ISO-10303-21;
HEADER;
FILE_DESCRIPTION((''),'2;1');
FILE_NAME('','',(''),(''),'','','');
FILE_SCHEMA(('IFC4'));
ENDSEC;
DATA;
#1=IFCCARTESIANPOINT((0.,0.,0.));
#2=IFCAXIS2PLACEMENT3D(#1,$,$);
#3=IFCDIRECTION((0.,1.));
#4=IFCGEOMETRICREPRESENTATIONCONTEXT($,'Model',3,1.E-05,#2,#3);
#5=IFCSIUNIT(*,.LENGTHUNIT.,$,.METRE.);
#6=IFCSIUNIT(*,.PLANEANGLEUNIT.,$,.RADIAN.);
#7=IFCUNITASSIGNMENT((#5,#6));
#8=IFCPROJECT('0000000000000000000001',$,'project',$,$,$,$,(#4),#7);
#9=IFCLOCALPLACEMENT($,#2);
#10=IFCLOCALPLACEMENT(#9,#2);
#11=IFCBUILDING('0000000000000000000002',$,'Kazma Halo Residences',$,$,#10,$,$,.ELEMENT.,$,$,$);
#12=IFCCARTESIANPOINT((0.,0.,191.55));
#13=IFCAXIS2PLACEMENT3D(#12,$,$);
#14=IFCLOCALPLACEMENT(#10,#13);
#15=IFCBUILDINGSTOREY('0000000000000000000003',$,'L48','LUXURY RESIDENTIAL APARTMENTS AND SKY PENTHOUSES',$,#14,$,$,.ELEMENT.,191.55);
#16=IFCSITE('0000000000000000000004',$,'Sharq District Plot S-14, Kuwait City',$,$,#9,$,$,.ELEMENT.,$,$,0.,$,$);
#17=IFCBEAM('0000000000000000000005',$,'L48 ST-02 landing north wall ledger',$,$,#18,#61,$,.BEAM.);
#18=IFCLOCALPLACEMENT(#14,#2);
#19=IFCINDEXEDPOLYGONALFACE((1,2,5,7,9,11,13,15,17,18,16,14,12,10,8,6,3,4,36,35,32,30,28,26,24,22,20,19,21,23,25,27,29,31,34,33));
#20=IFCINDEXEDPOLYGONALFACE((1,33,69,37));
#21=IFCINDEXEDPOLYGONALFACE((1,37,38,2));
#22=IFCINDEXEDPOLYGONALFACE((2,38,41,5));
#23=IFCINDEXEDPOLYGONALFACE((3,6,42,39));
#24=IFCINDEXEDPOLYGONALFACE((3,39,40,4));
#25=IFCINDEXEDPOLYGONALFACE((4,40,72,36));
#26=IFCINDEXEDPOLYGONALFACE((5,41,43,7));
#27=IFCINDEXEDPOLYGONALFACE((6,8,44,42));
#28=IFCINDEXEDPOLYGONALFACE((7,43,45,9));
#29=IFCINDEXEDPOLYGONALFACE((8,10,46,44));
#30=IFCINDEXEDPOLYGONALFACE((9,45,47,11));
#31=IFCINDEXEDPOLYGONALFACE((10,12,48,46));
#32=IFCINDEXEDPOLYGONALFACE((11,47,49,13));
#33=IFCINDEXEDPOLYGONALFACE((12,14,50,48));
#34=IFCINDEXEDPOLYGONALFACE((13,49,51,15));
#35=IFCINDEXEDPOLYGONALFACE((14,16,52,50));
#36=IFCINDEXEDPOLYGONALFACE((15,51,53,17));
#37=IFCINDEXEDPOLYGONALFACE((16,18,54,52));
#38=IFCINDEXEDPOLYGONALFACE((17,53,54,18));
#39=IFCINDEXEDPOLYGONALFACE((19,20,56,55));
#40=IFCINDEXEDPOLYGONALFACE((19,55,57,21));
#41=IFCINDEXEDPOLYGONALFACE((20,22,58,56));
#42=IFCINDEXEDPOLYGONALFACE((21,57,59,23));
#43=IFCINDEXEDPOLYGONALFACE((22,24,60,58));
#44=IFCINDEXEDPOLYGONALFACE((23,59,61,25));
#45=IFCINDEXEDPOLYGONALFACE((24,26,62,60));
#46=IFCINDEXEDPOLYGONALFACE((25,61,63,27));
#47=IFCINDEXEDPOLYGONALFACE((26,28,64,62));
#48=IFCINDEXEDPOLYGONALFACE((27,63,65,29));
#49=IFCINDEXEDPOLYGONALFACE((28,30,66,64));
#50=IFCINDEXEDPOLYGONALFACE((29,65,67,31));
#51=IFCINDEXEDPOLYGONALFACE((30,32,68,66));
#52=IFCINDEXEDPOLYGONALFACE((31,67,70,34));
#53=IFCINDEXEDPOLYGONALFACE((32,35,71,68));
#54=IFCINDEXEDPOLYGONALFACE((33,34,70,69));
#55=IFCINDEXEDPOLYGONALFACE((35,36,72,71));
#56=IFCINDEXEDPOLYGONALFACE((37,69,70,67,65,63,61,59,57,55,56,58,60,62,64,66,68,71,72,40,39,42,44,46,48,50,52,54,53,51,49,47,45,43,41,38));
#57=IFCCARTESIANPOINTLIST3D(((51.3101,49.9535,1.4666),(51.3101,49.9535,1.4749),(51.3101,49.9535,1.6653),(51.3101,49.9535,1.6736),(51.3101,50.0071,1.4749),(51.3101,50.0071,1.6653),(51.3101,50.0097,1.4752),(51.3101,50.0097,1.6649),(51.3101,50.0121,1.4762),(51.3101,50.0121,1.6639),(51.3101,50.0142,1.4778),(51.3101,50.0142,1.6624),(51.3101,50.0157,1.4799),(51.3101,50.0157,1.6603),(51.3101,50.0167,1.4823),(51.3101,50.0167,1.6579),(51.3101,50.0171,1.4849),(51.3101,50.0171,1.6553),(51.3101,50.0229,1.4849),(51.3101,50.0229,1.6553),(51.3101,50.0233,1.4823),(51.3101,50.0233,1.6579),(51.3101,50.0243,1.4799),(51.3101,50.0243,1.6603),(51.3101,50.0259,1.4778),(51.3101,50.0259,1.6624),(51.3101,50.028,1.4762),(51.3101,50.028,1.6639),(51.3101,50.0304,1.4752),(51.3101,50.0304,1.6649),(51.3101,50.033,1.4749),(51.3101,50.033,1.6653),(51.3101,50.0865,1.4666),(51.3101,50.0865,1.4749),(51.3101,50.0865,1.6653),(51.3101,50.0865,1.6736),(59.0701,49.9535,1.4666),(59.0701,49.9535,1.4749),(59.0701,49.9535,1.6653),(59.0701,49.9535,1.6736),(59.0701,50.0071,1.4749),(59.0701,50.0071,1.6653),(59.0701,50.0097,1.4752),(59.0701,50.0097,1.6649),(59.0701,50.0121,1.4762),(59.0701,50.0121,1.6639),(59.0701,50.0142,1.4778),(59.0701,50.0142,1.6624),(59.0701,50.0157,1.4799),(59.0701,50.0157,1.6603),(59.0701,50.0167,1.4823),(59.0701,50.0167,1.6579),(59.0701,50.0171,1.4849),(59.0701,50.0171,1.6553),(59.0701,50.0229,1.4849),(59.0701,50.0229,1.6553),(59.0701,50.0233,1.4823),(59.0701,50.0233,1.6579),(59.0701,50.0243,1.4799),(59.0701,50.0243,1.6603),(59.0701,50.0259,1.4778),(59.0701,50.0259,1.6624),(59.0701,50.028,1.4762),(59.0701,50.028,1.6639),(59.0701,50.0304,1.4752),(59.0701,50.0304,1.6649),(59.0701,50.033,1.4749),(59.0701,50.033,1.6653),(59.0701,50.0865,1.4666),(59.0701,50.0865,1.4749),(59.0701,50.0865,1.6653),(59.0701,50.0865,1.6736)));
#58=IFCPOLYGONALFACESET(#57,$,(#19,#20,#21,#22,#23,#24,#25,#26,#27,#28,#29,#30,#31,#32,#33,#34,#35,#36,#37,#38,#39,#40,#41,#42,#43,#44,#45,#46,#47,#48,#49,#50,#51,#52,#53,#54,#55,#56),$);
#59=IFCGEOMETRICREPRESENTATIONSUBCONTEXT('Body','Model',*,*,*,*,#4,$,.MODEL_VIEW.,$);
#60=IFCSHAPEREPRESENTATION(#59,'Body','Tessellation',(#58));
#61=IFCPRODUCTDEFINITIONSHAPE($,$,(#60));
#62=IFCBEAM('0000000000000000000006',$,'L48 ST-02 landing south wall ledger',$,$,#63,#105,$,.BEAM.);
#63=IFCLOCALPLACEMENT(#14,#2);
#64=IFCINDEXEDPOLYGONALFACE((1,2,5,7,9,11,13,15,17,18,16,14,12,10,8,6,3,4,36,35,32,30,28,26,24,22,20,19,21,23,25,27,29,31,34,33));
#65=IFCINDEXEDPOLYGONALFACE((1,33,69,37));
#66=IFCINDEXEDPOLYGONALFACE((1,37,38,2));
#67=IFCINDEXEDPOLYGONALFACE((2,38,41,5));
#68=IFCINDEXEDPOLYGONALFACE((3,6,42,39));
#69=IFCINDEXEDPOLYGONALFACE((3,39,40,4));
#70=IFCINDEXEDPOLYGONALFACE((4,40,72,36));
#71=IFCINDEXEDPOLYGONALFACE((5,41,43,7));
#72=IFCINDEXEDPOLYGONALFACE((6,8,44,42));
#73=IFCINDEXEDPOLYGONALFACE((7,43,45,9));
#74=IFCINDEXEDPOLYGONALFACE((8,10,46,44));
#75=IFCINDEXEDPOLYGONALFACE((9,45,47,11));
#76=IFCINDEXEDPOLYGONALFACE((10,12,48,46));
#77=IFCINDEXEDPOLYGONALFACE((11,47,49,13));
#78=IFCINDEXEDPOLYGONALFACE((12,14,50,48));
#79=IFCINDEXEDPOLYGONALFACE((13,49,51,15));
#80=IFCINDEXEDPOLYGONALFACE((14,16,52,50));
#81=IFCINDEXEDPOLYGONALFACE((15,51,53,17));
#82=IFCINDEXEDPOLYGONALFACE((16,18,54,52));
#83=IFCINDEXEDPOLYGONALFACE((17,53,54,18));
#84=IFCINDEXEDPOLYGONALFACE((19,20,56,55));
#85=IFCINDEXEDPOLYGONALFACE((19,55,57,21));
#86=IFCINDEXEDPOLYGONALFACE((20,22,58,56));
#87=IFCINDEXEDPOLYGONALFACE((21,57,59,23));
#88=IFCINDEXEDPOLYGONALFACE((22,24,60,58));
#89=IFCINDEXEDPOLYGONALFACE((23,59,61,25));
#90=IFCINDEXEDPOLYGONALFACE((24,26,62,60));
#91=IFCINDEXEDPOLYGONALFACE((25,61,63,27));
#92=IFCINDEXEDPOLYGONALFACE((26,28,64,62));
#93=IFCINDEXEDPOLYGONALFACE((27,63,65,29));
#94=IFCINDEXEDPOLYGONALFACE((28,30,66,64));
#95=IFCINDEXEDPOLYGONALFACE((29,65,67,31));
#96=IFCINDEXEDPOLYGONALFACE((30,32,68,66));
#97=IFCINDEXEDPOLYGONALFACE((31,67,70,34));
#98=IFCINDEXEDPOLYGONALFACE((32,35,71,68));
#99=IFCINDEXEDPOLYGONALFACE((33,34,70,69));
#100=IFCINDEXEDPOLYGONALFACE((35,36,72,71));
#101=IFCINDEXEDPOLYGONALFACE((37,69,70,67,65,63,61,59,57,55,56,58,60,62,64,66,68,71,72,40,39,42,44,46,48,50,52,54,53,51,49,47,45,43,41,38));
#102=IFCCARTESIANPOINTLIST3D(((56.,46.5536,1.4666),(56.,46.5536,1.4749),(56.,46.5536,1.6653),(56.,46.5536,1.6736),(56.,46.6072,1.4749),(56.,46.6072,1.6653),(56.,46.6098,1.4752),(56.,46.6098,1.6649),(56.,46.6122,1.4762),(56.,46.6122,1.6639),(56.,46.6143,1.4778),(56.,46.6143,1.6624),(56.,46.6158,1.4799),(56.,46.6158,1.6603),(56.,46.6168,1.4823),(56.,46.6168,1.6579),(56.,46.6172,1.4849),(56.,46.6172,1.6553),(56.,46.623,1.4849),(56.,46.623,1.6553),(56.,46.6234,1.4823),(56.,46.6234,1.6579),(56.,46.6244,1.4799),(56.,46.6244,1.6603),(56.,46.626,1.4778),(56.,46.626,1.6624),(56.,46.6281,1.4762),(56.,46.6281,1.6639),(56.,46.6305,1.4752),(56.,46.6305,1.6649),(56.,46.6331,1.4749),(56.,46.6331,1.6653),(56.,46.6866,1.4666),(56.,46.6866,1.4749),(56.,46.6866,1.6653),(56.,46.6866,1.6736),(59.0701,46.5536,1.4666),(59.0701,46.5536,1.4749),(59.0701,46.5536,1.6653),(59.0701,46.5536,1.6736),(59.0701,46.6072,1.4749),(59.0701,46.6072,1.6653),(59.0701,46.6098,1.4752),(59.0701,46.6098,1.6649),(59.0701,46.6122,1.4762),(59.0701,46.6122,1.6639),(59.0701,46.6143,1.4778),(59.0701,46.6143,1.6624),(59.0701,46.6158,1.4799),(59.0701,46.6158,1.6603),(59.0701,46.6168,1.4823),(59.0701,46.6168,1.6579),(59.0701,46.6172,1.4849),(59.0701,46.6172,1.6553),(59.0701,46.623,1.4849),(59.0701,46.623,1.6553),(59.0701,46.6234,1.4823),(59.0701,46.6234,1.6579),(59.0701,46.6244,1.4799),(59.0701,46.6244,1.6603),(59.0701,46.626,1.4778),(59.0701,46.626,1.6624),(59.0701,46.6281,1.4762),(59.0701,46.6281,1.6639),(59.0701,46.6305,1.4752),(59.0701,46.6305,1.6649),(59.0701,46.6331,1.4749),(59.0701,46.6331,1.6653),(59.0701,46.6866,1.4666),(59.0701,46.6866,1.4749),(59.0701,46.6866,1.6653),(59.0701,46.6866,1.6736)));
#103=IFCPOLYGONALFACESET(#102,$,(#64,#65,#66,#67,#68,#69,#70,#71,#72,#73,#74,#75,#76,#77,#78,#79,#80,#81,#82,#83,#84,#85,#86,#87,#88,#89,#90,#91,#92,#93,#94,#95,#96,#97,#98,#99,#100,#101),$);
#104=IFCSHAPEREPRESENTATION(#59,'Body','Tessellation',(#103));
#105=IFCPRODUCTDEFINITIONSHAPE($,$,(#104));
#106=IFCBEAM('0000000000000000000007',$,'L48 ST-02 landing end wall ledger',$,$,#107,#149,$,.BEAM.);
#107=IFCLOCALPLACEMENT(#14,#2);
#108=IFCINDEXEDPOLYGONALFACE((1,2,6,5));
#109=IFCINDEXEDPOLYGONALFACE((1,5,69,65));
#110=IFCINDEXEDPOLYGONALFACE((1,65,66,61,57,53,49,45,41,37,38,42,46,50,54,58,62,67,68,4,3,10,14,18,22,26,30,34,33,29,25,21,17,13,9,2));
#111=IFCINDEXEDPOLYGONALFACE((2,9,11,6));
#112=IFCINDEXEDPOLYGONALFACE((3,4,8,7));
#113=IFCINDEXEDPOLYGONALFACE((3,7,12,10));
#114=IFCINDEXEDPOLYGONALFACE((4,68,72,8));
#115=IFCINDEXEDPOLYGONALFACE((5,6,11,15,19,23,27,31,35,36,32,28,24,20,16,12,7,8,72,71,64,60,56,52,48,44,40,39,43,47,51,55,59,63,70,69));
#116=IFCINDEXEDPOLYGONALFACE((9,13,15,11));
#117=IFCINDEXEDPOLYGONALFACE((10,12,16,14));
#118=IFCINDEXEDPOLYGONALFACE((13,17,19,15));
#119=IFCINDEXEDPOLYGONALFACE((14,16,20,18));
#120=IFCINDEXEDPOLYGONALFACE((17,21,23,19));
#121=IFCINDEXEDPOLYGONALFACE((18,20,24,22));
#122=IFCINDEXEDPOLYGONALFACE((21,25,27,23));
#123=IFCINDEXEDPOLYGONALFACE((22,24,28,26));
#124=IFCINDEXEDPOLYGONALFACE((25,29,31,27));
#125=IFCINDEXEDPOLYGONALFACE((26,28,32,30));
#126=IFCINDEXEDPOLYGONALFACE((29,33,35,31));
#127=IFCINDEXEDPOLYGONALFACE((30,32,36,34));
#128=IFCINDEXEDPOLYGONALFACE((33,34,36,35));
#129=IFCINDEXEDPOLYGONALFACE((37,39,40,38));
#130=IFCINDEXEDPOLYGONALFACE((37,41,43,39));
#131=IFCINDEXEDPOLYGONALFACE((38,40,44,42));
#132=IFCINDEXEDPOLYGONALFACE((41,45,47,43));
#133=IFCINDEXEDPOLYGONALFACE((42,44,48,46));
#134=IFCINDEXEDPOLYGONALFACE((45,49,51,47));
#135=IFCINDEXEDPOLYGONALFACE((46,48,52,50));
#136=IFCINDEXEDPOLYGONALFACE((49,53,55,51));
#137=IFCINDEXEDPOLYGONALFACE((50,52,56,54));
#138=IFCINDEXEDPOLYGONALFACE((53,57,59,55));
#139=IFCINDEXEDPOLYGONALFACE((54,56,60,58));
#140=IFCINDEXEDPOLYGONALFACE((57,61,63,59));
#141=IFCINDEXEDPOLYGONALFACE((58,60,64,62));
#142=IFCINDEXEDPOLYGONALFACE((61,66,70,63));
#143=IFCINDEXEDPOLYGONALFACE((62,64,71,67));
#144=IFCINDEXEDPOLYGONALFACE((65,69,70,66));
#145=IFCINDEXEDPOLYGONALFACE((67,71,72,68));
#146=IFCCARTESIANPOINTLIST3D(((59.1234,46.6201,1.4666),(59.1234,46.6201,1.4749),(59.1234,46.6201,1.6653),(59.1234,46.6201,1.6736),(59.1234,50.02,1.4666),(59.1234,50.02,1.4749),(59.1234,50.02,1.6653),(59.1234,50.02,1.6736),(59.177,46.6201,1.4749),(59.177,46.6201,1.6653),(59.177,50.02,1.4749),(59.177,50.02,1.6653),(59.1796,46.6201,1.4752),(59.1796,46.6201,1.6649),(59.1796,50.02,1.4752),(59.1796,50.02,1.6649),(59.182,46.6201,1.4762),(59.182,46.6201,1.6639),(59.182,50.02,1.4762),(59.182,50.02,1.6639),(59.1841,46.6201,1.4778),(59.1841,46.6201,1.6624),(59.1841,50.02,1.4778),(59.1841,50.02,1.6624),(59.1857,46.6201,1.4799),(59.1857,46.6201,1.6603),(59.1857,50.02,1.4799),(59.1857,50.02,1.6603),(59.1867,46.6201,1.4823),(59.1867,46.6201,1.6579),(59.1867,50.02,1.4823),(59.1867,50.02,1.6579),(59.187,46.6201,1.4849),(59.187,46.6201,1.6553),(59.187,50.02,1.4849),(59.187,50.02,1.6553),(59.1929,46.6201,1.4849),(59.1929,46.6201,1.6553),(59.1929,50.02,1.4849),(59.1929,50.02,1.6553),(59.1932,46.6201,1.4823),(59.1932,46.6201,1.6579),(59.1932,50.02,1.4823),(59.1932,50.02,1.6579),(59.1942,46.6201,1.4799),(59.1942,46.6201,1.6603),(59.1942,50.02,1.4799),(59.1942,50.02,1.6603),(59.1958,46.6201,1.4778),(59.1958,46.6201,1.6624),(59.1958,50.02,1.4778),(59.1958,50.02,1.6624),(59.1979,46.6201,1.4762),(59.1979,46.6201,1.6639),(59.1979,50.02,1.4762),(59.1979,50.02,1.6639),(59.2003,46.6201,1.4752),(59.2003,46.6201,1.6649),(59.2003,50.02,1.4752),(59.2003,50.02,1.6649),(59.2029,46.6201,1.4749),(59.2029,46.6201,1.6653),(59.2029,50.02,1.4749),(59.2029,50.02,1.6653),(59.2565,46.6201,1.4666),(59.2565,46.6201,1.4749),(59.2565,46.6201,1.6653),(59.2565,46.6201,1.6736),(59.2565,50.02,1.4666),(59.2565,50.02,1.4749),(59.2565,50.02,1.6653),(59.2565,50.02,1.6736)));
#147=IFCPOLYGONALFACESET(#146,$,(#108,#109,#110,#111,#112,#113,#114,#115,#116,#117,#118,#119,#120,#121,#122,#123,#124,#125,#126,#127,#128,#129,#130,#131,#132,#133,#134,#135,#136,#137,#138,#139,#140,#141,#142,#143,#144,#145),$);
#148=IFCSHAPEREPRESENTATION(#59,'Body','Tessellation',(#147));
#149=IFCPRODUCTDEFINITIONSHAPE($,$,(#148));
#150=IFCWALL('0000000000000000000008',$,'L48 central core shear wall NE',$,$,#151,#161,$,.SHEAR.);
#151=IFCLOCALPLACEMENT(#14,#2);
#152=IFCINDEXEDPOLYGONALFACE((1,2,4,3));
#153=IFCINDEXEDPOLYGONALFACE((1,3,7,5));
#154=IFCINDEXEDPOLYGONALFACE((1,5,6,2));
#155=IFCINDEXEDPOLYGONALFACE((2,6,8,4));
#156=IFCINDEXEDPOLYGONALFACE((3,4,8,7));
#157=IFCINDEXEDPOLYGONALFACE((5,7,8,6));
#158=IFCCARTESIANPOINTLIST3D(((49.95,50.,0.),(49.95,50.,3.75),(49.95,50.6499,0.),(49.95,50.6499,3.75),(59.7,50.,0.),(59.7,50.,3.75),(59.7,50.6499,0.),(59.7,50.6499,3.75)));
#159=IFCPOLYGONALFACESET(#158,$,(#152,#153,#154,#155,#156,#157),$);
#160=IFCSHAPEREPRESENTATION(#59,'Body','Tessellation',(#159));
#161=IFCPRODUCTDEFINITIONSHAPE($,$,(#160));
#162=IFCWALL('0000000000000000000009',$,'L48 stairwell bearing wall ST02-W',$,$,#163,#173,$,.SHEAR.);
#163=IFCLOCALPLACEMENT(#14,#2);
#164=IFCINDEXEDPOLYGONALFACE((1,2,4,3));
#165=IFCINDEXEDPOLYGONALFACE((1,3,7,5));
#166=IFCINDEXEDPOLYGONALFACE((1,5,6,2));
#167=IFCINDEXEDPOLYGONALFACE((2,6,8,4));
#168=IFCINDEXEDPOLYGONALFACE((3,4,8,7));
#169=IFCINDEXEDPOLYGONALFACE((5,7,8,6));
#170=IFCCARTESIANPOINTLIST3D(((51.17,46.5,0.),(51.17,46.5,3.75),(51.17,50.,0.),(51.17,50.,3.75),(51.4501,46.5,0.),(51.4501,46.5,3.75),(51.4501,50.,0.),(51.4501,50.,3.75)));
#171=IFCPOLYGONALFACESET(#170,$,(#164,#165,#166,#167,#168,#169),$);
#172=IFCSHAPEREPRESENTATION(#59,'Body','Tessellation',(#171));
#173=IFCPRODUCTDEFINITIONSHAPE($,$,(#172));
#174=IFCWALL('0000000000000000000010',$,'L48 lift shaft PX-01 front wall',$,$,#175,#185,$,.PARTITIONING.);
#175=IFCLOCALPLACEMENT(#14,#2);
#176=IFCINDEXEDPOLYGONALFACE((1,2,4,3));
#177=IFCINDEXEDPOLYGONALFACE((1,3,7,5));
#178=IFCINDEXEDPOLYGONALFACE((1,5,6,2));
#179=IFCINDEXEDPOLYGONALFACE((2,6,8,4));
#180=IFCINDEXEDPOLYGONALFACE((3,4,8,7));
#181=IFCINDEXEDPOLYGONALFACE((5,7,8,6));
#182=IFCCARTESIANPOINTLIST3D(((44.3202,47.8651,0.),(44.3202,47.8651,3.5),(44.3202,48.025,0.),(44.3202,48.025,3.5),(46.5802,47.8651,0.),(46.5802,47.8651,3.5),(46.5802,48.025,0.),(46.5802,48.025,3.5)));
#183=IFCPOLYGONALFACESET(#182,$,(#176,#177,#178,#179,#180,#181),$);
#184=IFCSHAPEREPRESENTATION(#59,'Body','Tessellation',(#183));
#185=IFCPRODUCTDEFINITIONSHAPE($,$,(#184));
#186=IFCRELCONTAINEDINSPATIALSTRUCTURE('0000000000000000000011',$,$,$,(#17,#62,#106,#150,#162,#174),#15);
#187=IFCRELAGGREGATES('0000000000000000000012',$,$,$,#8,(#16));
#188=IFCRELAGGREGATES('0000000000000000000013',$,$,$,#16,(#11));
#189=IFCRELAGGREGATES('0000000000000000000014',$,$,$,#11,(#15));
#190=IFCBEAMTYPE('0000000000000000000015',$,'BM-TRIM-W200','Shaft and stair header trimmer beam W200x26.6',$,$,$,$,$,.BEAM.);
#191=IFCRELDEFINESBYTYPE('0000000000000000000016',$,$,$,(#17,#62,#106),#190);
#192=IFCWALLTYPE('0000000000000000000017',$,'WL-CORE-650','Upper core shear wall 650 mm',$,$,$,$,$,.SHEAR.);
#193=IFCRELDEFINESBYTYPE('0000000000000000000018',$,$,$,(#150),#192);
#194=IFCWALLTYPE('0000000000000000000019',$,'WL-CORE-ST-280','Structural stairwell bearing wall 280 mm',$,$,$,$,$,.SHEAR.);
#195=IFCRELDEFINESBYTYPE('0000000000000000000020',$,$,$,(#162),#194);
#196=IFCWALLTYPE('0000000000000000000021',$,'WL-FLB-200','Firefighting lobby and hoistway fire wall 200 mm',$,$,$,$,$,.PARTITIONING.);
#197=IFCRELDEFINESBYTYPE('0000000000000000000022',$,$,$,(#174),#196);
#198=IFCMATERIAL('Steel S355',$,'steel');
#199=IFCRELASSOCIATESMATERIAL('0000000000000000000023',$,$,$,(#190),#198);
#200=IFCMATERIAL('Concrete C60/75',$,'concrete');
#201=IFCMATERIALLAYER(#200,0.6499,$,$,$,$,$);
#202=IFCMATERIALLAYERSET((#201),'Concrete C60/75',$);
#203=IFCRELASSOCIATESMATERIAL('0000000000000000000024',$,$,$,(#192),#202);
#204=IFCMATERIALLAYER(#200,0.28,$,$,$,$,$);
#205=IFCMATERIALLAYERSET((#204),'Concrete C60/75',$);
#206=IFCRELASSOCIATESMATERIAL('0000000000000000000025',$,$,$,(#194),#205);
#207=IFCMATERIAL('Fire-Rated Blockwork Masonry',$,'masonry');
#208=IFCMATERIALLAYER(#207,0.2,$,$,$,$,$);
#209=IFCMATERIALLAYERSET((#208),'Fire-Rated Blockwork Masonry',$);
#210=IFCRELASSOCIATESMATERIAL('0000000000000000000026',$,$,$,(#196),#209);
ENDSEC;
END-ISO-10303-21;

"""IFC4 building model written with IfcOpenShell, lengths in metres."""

from ifc_helpers import new_model, si_unit, direction, frame, frame_2d, origin, origin_2d, place, context, subcontext, project, spatial, rectangle, i_section, extrude, material, layer, layer_set, material_profile, profile_set, type_object, element, save


model = new_model("IFC4")

# Units and contexts
model_context = context("Model", 3, precision=1e-05, world=origin(), true_north=direction((0.0, 1.0)))
body_context = subcontext(model_context, "Body", "Model", "MODEL_VIEW")
ifc_project = project(units=[si_unit("LENGTHUNIT", "METRE"), si_unit("PLANEANGLEUNIT", "RADIAN")], contexts=[model_context])

# Site, building, storey
site_placement = place(None, origin())
site = spatial("IfcSite", under=ifc_project, at=site_placement, Name="Sharq District Plot S-14, Kuwait City", CompositionType="ELEMENT", RefElevation=0.0)
building_placement = place(site_placement, origin())
building = spatial("IfcBuilding", under=site, at=building_placement, Name="Kazma Halo Residences", CompositionType="ELEMENT")
storey_placement = place(building_placement, frame((0.0, 0.0, 191.55)))
storey = spatial("IfcBuildingStorey", under=building, at=storey_placement, Name="L48", Description="LUXURY RESIDENTIAL APARTMENTS AND SKY PENTHOUSES", CompositionType="ELEMENT", Elevation=191.55)

# Shared definitions
ifc_material_1 = material(Name="Steel S355", Category="steel")

# Beams
ifc_material_profile_1 = material_profile(ifc_material_1, i_section(OverallWidth=0.1331, OverallDepth=0.207, WebThickness=0.0059, FlangeThickness=0.0083, FilletRadius=0.01, at=origin_2d()), Name="W200x26.6")
ifc_profile_set_1 = profile_set([ifc_material_profile_1], Name="Steel S355")
beam_type_1 = type_object("IfcBeamType", Name="BM-TRIM-W200", Description="Shaft and stair header trimmer beam W200x26.6", PredefinedType="BEAM", material=ifc_profile_set_1)
beam_1_placement = place(storey_placement, frame((51.3101, 50.02, 1.5701), z_axis=(1.0, 0.0, 0.0), x_axis=(0.0, 1.0, 0.0)))
element("IfcBeam", 1, at=beam_1_placement, inside=storey, type_object=beam_type_1, Name="L48 ST-02 landing north wall ledger", PredefinedType="BEAM", context=body_context, shape_type="SweptSolid", body=[
    extrude(i_section(OverallWidth=0.1331, OverallDepth=0.207, WebThickness=0.0059, FlangeThickness=0.0083, FilletRadius=0.01, at=origin_2d()), origin(), (0.0, 0.0, 1.0), 7.76),
])
beam_2_placement = place(storey_placement, frame((56.0, 46.6201, 1.5701), z_axis=(1.0, 0.0, 0.0), x_axis=(0.0, 1.0, 0.0)))
element("IfcBeam", 2, at=beam_2_placement, inside=storey, type_object=beam_type_1, Name="L48 ST-02 landing south wall ledger", PredefinedType="BEAM", context=body_context, shape_type="SweptSolid", body=[
    extrude(i_section(OverallWidth=0.1331, OverallDepth=0.207, WebThickness=0.0059, FlangeThickness=0.0083, FilletRadius=0.01, at=origin_2d()), origin(), (0.0, 0.0, 1.0), 3.0701),
])
beam_3_placement = place(storey_placement, frame((59.1899, 46.6201, 1.5701), z_axis=(0.0, 1.0, 0.0), x_axis=(-1.0, 0.0, 0.0)))
element("IfcBeam", 3, at=beam_3_placement, inside=storey, type_object=beam_type_1, Name="L48 ST-02 landing end wall ledger", PredefinedType="BEAM", context=body_context, shape_type="SweptSolid", body=[
    extrude(i_section(OverallWidth=0.1331, OverallDepth=0.207, WebThickness=0.0059, FlangeThickness=0.0083, FilletRadius=0.01, at=origin_2d()), origin(), (0.0, 0.0, 1.0), 3.3999),
])

# Walls
ifc_material_2 = material(Name="Concrete C60/75", Category="concrete")
ifc_layer_1 = layer(ifc_material_2, 0.6499)
ifc_layer_set_1 = layer_set([ifc_layer_1], Name="Concrete C60/75")
wall_type_1 = type_object("IfcWallType", Name="WL-CORE-650", Description="Upper core shear wall 650 mm", PredefinedType="SHEAR", material=ifc_layer_set_1)
wall_1_placement = place(storey_placement, frame((49.95, 50.325, 0.0), z_axis=(0.0, 0.0, 1.0), x_axis=(1.0, 0.0, 0.0)))
element("IfcWall", 4, at=wall_1_placement, inside=storey, type_object=wall_type_1, Name="L48 central core shear wall NE", PredefinedType="SHEAR", context=body_context, shape_type="SweptSolid", body=[
    extrude(rectangle(XDim=9.75, YDim=0.6499, at=frame_2d((4.875, 0.0))), origin(), (0.0, 0.0, 1.0), 3.75),
])
ifc_layer_2 = layer(ifc_material_2, 0.28)
ifc_layer_set_2 = layer_set([ifc_layer_2], Name="Concrete C60/75")
wall_type_2 = type_object("IfcWallType", Name="WL-CORE-ST-280", Description="Structural stairwell bearing wall 280 mm", PredefinedType="SHEAR", material=ifc_layer_set_2)
wall_2_placement = place(storey_placement, frame((51.3101, 46.5, 0.0), z_axis=(0.0, 0.0, 1.0), x_axis=(0.0, 1.0, 0.0)))
element("IfcWall", 5, at=wall_2_placement, inside=storey, type_object=wall_type_2, Name="L48 stairwell bearing wall ST02-W", PredefinedType="SHEAR", context=body_context, shape_type="SweptSolid", body=[
    extrude(rectangle(XDim=3.5, YDim=0.28, at=frame_2d((1.75, 0.0))), origin(), (0.0, 0.0, 1.0), 3.75),
])
ifc_material_3 = material(Name="Fire-Rated Blockwork Masonry", Category="masonry")
ifc_layer_3 = layer(ifc_material_3, 0.2)
ifc_layer_set_3 = layer_set([ifc_layer_3], Name="Fire-Rated Blockwork Masonry")
wall_type_3 = type_object("IfcWallType", Name="WL-FLB-200", Description="Firefighting lobby and hoistway fire wall 200 mm", PredefinedType="PARTITIONING", material=ifc_layer_set_3)
wall_3_placement = place(storey_placement, frame((46.5801, 47.9451, 0.0), z_axis=(0.0, 0.0, 1.0), x_axis=(-1.0, 0.0, 0.0)))
element("IfcWall", 6, at=wall_3_placement, inside=storey, type_object=wall_type_3, Name="L48 lift shaft PX-01 front wall", PredefinedType="PARTITIONING", context=body_context, shape_type="SweptSolid", body=[
    extrude(rectangle(XDim=2.26, YDim=0.1599, at=frame_2d((1.1299, 0.0))), origin(), (0.0, 0.0, 1.0), 3.5),
])

save(model, "model.ifc")
